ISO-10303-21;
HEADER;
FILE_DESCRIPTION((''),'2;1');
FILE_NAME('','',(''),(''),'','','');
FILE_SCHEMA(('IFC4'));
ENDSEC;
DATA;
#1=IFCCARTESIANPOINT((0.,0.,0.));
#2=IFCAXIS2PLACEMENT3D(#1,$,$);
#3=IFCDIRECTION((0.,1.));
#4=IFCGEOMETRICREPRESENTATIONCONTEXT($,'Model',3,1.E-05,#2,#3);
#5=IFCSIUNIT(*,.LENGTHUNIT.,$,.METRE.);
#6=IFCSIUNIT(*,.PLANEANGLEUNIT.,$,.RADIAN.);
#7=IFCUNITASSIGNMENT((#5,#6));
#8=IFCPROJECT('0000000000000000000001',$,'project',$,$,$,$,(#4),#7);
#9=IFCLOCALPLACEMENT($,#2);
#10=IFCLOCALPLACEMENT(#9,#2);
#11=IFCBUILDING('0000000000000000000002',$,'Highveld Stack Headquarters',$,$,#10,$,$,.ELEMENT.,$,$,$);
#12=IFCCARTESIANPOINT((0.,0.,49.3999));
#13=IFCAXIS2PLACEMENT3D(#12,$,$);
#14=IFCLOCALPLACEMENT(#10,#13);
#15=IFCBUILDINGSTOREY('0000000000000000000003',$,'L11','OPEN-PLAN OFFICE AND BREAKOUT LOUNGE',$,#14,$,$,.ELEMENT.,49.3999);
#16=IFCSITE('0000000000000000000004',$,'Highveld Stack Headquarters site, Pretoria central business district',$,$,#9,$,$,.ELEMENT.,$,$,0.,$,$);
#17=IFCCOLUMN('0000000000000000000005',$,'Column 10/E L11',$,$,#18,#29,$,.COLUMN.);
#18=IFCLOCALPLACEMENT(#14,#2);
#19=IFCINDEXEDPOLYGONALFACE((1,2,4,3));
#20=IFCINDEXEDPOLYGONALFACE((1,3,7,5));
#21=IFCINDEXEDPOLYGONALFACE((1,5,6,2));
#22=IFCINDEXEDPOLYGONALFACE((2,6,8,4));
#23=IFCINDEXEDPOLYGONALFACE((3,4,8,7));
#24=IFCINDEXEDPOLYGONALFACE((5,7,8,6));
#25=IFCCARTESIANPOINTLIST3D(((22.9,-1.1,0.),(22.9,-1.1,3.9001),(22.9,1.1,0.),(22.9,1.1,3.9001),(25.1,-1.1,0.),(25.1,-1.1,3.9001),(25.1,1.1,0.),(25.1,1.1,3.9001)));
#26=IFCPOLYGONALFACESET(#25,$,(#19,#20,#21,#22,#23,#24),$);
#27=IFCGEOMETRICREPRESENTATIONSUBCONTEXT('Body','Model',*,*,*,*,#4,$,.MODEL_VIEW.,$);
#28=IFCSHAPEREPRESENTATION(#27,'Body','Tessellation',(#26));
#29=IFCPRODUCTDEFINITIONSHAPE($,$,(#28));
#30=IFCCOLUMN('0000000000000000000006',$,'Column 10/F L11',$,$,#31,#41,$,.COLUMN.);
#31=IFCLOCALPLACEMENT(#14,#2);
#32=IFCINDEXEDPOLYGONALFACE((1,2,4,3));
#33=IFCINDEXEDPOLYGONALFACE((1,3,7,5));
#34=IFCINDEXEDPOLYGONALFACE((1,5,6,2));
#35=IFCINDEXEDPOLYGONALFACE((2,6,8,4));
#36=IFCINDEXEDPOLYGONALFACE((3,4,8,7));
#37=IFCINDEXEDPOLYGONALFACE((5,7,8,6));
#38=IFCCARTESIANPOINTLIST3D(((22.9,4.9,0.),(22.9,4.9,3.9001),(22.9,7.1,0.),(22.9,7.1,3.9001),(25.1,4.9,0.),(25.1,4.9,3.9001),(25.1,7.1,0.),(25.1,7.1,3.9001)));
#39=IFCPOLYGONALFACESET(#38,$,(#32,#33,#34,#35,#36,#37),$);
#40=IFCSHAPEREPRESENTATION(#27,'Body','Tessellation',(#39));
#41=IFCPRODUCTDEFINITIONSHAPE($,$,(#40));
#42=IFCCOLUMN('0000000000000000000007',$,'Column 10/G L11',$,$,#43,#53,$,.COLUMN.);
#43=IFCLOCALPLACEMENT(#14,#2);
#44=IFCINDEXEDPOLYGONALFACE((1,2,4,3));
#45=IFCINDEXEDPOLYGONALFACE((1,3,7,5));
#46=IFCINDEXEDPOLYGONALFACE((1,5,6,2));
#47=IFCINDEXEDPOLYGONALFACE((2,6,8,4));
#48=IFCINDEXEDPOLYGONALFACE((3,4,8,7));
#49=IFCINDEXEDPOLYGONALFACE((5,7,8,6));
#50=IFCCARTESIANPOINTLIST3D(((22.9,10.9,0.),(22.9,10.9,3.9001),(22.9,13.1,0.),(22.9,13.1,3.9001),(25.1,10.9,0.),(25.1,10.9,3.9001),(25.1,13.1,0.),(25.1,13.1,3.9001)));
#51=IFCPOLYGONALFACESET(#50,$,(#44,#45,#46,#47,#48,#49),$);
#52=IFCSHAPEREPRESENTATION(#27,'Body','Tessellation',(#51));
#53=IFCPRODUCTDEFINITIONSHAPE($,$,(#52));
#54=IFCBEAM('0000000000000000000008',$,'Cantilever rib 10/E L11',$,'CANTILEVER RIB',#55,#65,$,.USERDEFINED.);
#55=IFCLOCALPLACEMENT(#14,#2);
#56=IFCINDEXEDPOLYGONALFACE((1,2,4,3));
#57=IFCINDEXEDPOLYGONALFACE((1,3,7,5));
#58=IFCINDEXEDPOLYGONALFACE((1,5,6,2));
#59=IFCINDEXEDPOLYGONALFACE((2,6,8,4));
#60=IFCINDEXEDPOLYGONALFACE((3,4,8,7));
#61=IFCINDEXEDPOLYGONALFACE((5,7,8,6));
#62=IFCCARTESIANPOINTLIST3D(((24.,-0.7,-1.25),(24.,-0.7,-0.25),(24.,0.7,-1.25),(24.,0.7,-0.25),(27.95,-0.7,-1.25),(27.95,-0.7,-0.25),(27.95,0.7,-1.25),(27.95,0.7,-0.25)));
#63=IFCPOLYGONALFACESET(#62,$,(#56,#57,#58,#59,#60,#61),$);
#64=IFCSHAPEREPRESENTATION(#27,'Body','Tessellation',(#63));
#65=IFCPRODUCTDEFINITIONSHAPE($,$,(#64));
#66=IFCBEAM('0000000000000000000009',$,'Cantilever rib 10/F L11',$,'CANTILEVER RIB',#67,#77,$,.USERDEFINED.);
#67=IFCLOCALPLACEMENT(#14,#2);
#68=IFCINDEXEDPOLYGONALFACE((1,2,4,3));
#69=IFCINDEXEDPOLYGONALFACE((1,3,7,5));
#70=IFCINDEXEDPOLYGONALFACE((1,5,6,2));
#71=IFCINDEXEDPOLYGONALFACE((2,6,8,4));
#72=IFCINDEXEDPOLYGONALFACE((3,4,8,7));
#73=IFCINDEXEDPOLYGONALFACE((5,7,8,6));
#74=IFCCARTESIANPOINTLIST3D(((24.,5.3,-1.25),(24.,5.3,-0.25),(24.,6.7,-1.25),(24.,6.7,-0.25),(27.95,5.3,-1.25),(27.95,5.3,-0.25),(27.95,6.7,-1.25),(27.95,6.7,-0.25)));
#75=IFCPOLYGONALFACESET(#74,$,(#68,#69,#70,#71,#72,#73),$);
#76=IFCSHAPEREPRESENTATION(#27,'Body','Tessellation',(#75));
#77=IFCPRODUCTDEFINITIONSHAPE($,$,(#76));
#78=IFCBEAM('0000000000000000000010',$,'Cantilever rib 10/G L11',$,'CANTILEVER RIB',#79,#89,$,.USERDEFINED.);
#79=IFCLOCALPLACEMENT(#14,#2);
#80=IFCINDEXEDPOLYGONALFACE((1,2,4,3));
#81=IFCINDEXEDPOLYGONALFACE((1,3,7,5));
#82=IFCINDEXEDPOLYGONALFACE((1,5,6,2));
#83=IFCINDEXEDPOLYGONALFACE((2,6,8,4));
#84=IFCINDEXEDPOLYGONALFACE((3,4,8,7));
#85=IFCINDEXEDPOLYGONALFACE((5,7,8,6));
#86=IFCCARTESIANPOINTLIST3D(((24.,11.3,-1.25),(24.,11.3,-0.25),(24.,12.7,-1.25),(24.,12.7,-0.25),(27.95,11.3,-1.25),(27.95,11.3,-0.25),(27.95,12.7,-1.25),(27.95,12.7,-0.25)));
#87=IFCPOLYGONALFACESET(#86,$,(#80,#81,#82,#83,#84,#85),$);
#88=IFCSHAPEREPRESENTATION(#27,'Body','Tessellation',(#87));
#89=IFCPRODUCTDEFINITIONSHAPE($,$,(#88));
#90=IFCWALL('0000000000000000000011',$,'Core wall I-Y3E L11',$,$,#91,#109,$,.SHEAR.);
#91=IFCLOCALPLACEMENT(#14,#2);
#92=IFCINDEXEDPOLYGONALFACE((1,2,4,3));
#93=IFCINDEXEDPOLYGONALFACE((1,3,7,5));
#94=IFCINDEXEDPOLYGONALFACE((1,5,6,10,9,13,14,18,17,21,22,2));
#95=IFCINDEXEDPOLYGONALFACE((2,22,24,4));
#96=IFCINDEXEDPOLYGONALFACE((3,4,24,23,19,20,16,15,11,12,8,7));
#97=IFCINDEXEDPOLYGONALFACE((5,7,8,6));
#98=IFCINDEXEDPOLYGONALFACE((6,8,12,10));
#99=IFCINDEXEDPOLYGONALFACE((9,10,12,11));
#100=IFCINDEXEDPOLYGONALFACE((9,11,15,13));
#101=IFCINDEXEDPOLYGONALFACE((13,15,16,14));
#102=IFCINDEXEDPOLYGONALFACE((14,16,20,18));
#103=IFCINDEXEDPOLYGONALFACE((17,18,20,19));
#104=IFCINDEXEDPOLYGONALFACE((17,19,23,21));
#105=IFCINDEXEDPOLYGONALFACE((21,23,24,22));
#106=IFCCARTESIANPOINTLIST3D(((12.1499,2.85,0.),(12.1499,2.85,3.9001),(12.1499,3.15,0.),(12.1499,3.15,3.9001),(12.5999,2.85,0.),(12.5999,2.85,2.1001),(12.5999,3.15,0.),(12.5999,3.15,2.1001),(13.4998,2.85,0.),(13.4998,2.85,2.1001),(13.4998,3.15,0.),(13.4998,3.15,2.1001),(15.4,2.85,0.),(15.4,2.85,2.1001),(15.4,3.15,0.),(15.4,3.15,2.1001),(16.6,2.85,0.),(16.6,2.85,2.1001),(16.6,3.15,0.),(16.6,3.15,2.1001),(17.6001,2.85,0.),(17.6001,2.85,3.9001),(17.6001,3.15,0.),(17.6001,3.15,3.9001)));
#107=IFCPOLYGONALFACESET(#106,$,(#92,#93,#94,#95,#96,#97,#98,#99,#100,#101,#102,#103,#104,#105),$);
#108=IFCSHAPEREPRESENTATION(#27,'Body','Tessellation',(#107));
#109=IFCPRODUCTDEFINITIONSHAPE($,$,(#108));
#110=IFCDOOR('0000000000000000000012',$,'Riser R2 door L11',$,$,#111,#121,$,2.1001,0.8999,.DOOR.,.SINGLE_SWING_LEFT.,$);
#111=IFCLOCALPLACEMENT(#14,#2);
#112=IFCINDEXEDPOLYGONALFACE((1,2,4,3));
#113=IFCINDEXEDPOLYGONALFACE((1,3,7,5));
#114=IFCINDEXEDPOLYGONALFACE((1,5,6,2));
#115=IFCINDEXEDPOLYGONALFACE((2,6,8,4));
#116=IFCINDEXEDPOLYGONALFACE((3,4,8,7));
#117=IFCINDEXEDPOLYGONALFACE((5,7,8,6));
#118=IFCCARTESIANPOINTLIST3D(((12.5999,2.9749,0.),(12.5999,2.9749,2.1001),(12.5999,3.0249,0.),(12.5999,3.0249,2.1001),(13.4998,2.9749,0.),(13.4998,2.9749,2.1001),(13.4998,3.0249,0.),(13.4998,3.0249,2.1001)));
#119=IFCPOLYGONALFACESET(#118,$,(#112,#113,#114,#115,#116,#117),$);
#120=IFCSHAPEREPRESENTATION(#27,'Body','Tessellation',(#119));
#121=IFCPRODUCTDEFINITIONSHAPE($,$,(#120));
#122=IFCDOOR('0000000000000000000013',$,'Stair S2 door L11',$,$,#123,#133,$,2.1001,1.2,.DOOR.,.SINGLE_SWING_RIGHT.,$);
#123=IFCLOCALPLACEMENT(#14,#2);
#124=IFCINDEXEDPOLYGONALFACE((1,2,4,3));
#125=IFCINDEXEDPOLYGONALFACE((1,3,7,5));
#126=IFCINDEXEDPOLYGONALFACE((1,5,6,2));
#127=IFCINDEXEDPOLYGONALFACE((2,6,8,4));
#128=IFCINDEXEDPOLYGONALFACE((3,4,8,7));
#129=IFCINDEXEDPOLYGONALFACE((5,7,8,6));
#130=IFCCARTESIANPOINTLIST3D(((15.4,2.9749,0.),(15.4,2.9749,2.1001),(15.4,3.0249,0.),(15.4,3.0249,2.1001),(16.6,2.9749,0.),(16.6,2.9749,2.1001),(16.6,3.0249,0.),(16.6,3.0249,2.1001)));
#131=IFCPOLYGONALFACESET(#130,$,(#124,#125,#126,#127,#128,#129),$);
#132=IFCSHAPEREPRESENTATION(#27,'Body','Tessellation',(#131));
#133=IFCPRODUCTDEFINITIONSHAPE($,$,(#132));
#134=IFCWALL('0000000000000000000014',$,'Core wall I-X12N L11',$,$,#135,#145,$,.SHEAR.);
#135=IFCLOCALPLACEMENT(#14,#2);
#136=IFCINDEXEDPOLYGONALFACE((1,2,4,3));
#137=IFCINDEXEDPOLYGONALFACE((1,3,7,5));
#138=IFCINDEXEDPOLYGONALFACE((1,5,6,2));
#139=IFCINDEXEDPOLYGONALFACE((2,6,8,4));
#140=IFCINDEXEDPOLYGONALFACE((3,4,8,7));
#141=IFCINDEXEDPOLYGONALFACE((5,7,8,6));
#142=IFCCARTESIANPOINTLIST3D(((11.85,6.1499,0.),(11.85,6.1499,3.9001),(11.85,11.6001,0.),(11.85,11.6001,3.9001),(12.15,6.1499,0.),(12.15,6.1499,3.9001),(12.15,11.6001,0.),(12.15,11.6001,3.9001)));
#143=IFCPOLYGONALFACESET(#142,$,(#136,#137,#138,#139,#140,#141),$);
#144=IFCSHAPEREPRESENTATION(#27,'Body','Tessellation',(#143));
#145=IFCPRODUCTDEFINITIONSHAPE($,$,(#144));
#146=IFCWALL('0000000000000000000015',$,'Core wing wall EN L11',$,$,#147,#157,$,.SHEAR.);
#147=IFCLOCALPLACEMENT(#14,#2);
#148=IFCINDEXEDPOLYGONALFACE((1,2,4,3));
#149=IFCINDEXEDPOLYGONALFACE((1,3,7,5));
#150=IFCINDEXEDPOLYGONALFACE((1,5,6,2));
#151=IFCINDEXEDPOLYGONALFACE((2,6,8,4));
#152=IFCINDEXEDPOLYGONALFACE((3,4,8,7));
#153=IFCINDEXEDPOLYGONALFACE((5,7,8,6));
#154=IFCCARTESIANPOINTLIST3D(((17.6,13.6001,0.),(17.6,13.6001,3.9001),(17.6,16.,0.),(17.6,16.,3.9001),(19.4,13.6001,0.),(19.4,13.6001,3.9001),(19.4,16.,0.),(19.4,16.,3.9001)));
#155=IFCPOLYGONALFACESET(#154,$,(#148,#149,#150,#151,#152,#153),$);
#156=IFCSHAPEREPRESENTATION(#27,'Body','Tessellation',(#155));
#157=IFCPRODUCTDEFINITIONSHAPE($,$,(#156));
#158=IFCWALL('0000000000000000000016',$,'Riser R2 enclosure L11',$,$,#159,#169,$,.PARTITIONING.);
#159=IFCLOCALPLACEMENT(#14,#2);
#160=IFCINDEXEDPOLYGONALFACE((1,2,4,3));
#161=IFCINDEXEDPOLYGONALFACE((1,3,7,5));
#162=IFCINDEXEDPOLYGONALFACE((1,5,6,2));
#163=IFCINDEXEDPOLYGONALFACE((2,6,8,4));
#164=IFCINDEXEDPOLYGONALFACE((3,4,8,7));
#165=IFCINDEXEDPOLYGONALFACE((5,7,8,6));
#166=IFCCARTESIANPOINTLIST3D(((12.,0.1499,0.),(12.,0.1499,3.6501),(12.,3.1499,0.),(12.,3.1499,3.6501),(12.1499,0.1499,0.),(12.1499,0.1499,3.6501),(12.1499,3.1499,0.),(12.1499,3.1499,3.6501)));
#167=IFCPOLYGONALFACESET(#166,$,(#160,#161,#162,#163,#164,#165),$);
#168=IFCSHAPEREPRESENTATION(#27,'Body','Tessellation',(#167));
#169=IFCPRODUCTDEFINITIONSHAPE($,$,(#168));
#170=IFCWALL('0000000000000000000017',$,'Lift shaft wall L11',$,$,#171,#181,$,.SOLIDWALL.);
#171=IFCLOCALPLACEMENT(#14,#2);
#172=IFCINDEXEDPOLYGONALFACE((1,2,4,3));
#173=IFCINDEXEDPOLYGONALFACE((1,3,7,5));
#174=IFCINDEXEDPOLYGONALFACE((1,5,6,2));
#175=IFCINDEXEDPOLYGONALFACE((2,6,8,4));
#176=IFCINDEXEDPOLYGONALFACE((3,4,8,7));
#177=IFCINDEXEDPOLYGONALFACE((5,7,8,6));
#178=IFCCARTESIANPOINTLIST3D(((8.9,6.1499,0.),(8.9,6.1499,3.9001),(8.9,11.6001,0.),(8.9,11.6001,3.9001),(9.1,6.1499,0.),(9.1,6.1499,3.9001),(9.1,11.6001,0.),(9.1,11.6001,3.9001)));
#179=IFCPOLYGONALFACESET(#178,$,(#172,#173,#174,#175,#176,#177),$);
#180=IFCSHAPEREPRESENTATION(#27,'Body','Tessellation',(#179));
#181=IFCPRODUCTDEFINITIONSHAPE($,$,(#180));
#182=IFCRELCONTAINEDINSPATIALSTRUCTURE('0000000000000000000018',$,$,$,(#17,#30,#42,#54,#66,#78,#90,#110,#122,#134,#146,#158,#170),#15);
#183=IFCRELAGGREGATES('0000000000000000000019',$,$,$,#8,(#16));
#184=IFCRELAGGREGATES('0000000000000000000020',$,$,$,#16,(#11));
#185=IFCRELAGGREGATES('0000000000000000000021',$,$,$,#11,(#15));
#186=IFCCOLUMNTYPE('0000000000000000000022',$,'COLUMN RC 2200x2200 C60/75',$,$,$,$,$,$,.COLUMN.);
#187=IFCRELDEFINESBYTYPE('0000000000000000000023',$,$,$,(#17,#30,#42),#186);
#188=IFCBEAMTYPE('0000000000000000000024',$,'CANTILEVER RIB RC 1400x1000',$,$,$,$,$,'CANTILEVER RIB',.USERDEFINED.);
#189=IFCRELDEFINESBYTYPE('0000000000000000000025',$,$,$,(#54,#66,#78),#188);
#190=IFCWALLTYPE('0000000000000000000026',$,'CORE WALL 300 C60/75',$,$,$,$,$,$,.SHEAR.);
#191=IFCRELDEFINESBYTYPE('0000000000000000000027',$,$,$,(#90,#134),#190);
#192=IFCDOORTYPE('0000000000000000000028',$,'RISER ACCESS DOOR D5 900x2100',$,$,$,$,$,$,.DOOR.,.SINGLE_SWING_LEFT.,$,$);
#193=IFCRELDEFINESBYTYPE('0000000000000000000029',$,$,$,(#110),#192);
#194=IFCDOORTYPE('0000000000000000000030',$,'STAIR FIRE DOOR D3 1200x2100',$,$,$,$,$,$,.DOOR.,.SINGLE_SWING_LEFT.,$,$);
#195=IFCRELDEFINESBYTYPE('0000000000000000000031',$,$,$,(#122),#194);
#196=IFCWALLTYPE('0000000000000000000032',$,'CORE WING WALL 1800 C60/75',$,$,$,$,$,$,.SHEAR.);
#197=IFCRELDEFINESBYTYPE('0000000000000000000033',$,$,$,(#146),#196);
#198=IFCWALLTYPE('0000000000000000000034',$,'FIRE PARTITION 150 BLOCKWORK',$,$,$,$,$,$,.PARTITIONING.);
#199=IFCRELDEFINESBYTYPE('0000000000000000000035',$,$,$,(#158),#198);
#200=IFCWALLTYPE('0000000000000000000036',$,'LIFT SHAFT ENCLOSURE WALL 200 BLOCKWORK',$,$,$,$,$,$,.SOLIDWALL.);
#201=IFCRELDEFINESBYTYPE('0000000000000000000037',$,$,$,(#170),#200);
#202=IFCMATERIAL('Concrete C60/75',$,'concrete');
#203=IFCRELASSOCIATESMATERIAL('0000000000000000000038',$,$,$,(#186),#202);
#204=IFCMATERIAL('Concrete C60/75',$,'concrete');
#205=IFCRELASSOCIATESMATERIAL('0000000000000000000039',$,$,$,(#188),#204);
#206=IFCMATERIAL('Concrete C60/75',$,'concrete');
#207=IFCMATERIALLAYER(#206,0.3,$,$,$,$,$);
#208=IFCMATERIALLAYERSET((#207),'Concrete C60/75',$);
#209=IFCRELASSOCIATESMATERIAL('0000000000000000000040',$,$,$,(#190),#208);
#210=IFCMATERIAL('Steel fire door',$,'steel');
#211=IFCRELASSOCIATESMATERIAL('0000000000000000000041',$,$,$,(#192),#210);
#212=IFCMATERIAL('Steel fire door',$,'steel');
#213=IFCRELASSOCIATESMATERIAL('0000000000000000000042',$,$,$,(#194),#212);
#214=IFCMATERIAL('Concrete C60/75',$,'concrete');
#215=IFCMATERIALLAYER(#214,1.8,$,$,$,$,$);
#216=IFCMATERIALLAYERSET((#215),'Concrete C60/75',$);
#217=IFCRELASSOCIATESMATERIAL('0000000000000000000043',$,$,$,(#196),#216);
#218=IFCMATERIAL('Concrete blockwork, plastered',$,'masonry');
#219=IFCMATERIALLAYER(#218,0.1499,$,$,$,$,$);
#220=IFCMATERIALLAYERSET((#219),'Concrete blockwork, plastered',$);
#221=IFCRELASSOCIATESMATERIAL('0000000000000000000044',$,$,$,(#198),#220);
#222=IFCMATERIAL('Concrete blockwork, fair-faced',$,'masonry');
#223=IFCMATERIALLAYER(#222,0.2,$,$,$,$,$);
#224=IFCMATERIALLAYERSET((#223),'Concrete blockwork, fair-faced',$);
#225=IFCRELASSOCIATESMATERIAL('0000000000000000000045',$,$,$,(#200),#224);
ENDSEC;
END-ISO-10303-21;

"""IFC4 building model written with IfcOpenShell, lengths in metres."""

from ifc_helpers import new_model, si_unit, direction, frame, frame_2d, origin, origin_2d, place, context, subcontext, project, spatial, rectangle, extrude, material, layer, layer_set, material_profile, profile_set, type_object, element, fill, save


model = new_model("IFC4")

# Units and contexts
model_context = context("Model", 3, precision=1e-05, world=origin(), true_north=direction((0.0, 1.0)))
body_context = subcontext(model_context, "Body", "Model", "MODEL_VIEW")
ifc_project = project(units=[si_unit("LENGTHUNIT", "METRE"), si_unit("PLANEANGLEUNIT", "RADIAN")], contexts=[model_context])

# Site, building, storey
site_placement = place(None, origin())
site = spatial("IfcSite", under=ifc_project, at=site_placement, Name="Highveld Stack Headquarters site, Pretoria central business district", CompositionType="ELEMENT", RefElevation=0.0)
building_placement = place(site_placement, origin())
building = spatial("IfcBuilding", under=site, at=building_placement, Name="Highveld Stack Headquarters", CompositionType="ELEMENT")
storey_placement = place(building_placement, frame((0.0, 0.0, 49.3999)))
storey = spatial("IfcBuildingStorey", under=building, at=storey_placement, Name="L11", Description="OPEN-PLAN OFFICE AND BREAKOUT LOUNGE", CompositionType="ELEMENT", Elevation=49.3999)

# Columns
ifc_material_1 = material(Name="Concrete C60/75", Category="concrete")
ifc_material_profile_1 = material_profile(ifc_material_1, rectangle(XDim=2.2, YDim=2.2, at=origin_2d()), Name="RC 2200x2200")
ifc_profile_set_1 = profile_set([ifc_material_profile_1], Name="Concrete C60/75")
column_type = type_object("IfcColumnType", Name="COLUMN RC 2200x2200 C60/75", PredefinedType="COLUMN", material=ifc_profile_set_1)
for number, where, z_axis, x_axis, name in (
    (1, (24.0, 0.0, 0.0), (0.0, 0.0, 1.0), (1.0, 0.0, 0.0), "Column 10/E L11"),
    (2, (24.0, 6.0, 0.0), (0.0, 0.0, 1.0), (1.0, 0.0, 0.0), "Column 10/F L11"),
    (3, (24.0, 12.0, 0.0), (0.0, 0.0, 1.0), (1.0, 0.0, 0.0), "Column 10/G L11"),
):
    element("IfcColumn", number, at=place(storey_placement, frame(where, z_axis=z_axis, x_axis=x_axis)), inside=storey, type_object=column_type, Name=name, PredefinedType="COLUMN", context=body_context, shape_type="SweptSolid", body=[
        extrude(rectangle(XDim=2.2, YDim=2.2, at=origin_2d()), origin(), (0.0, 0.0, 1.0), 3.9001),
    ])

# Beams
ifc_material_2 = material(Name="Concrete C60/75", Category="concrete")
ifc_material_profile_2 = material_profile(ifc_material_2, rectangle(XDim=1.3999, YDim=1.0, at=origin_2d()), Name="RC 1400x1000")
ifc_profile_set_2 = profile_set([ifc_material_profile_2], Name="Concrete C60/75")
beam_type = type_object("IfcBeamType", Name="CANTILEVER RIB RC 1400x1000", ElementType="CANTILEVER RIB", PredefinedType="USERDEFINED", material=ifc_profile_set_2)
for number, where, z_axis, x_axis, name in (
    (4, (24.0, 0.0, -0.75), (1.0, 0.0, 0.0), (0.0, 1.0, 0.0), "Cantilever rib 10/E L11"),
    (5, (24.0, 6.0, -0.75), (1.0, 0.0, 0.0), (0.0, 1.0, 0.0), "Cantilever rib 10/F L11"),
    (6, (24.0, 12.0, -0.75), (1.0, 0.0, 0.0), (0.0, 1.0, 0.0), "Cantilever rib 10/G L11"),
):
    element("IfcBeam", number, at=place(storey_placement, frame(where, z_axis=z_axis, x_axis=x_axis)), inside=storey, type_object=beam_type, Name=name, ObjectType="CANTILEVER RIB", PredefinedType="USERDEFINED", context=body_context, shape_type="SweptSolid", body=[
        extrude(rectangle(XDim=1.3999, YDim=1.0, at=origin_2d()), origin(), (0.0, 0.0, 1.0), 3.95),
    ])

# Wall, openings, doors
ifc_material_3 = material(Name="Concrete C60/75", Category="concrete")
ifc_layer_1 = layer(ifc_material_3, 0.3)
ifc_layer_set_1 = layer_set([ifc_layer_1], Name="Concrete C60/75")
wall_type_1 = type_object("IfcWallType", Name="CORE WALL 300 C60/75", PredefinedType="SHEAR", material=ifc_layer_set_1)
wall_1_placement = place(storey_placement, frame((12.1499, 3.0, 0.0), z_axis=(0.0, 0.0, 1.0), x_axis=(1.0, 0.0, 0.0)))
wall_1 = element("IfcWall", 7, at=wall_1_placement, inside=storey, type_object=wall_type_1, Name="Core wall I-Y3E L11", PredefinedType="SHEAR", context=body_context, shape_type="SweptSolid", body=[
    extrude(rectangle(XDim=5.4502, YDim=0.3, at=frame_2d((2.7251, 0.0))), origin(), (0.0, 0.0, 1.0), 3.9001),
])
opening_1_placement = place(wall_1_placement, frame((3.25, 0.0, 0.0)))
opening_1 = element("IfcOpeningElement", 8, at=opening_1_placement, cuts=wall_1, PredefinedType="OPENING", context=body_context, shape_type="SweptSolid", body=[
    extrude(rectangle(XDim=1.2, YDim=2.1001, at=frame_2d((0.6001, 1.05))), frame((0.0, 0.1599, 0.0), z_axis=(0.0, -1.0, 0.0), x_axis=(1.0, 0.0, 0.0)), (0.0, 0.0, 1.0), 0.3201),
])
opening_2_placement = place(wall_1_placement, frame((0.45, 0.0, 0.0)))
opening_2 = element("IfcOpeningElement", 9, at=opening_2_placement, cuts=wall_1, PredefinedType="OPENING", context=body_context, shape_type="SweptSolid", body=[
    extrude(rectangle(XDim=0.8999, YDim=2.1001, at=frame_2d((0.45, 1.05))), frame((0.0, 0.1599, 0.0), z_axis=(0.0, -1.0, 0.0), x_axis=(1.0, 0.0, 0.0)), (0.0, 0.0, 1.0), 0.3201),
])
ifc_material_4 = material(Name="Steel fire door", Category="steel")
door_type_1 = type_object("IfcDoorType", Name="RISER ACCESS DOOR D5 900x2100", OperationType="SINGLE_SWING_LEFT", PredefinedType="DOOR", material=ifc_material_4)
door_1_placement = place(opening_2_placement, origin())
door_1 = element("IfcDoor", 10, at=door_1_placement, inside=storey, type_object=door_type_1, Name="Riser R2 door L11", OperationType="SINGLE_SWING_LEFT", OverallHeight=2.1001, OverallWidth=0.8999, PredefinedType="DOOR", context=body_context, shape_type="SweptSolid", body=[
    extrude(rectangle(XDim=0.8999, YDim=2.1001, at=frame_2d((0.45, 1.05))), frame((0.0, 0.0249, 0.0), z_axis=(0.0, -1.0, 0.0), x_axis=(1.0, 0.0, 0.0)), (0.0, 0.0, 1.0), 0.05),
])
fill(opening_2, door_1)
ifc_material_5 = material(Name="Steel fire door", Category="steel")
door_type_2 = type_object("IfcDoorType", Name="STAIR FIRE DOOR D3 1200x2100", OperationType="SINGLE_SWING_LEFT", PredefinedType="DOOR", material=ifc_material_5)
door_2_placement = place(opening_1_placement, origin())
door_2 = element("IfcDoor", 11, at=door_2_placement, inside=storey, type_object=door_type_2, Name="Stair S2 door L11", OperationType="SINGLE_SWING_RIGHT", OverallHeight=2.1001, OverallWidth=1.2, PredefinedType="DOOR", context=body_context, shape_type="SweptSolid", body=[
    extrude(rectangle(XDim=1.2, YDim=2.1001, at=frame_2d((0.6001, 1.05))), frame((0.0, 0.0249, 0.0), z_axis=(0.0, -1.0, 0.0), x_axis=(1.0, 0.0, 0.0)), (0.0, 0.0, 1.0), 0.05),
])
fill(opening_1, door_2)

# Walls
wall_2_placement = place(storey_placement, frame((12.0, 6.1499, 0.0), z_axis=(0.0, 0.0, 1.0), x_axis=(0.0, 1.0, 0.0)))
element("IfcWall", 12, at=wall_2_placement, inside=storey, type_object=wall_type_1, Name="Core wall I-X12N L11", PredefinedType="SHEAR", context=body_context, shape_type="SweptSolid", body=[
    extrude(rectangle(XDim=5.4502, YDim=0.3, at=frame_2d((2.7251, 0.0))), origin(), (0.0, 0.0, 1.0), 3.9001),
])
ifc_material_6 = material(Name="Concrete C60/75", Category="concrete")
ifc_layer_2 = layer(ifc_material_6, 1.8)
ifc_layer_set_2 = layer_set([ifc_layer_2], Name="Concrete C60/75")
wall_type_2 = type_object("IfcWallType", Name="CORE WING WALL 1800 C60/75", PredefinedType="SHEAR", material=ifc_layer_set_2)
wall_3_placement = place(storey_placement, frame((18.5, 13.6001, 0.0), z_axis=(0.0, 0.0, 1.0), x_axis=(0.0, 1.0, 0.0)))
element("IfcWall", 13, at=wall_3_placement, inside=storey, type_object=wall_type_2, Name="Core wing wall EN L11", PredefinedType="SHEAR", context=body_context, shape_type="SweptSolid", body=[
    extrude(rectangle(XDim=2.3999, YDim=1.8, at=frame_2d((1.2, 0.0))), origin(), (0.0, 0.0, 1.0), 3.9001),
])
ifc_material_7 = material(Name="Concrete blockwork, plastered", Category="masonry")
ifc_layer_3 = layer(ifc_material_7, 0.1499)
ifc_layer_set_3 = layer_set([ifc_layer_3], Name="Concrete blockwork, plastered")
wall_type_3 = type_object("IfcWallType", Name="FIRE PARTITION 150 BLOCKWORK", PredefinedType="PARTITIONING", material=ifc_layer_set_3)
wall_4_placement = place(storey_placement, frame((12.075, 0.1499, 0.0), z_axis=(0.0, 0.0, 1.0), x_axis=(0.0, 1.0, 0.0)))
element("IfcWall", 14, at=wall_4_placement, inside=storey, type_object=wall_type_3, Name="Riser R2 enclosure L11", PredefinedType="PARTITIONING", context=body_context, shape_type="SweptSolid", body=[
    extrude(rectangle(XDim=3.0, YDim=0.1499, at=frame_2d((1.5, 0.0))), origin(), (0.0, 0.0, 1.0), 3.6501),
])
ifc_material_8 = material(Name="Concrete blockwork, fair-faced", Category="masonry")
ifc_layer_4 = layer(ifc_material_8, 0.2)
ifc_layer_set_4 = layer_set([ifc_layer_4], Name="Concrete blockwork, fair-faced")
wall_type_4 = type_object("IfcWallType", Name="LIFT SHAFT ENCLOSURE WALL 200 BLOCKWORK", PredefinedType="SOLIDWALL", material=ifc_layer_set_4)
wall_5_placement = place(storey_placement, frame((9.0, 6.1499, 0.0), z_axis=(0.0, 0.0, 1.0), x_axis=(0.0, 1.0, 0.0)))
element("IfcWall", 15, at=wall_5_placement, inside=storey, type_object=wall_type_4, Name="Lift shaft wall L11", PredefinedType="SOLIDWALL", context=body_context, shape_type="SweptSolid", body=[
    extrude(rectangle(XDim=5.4502, YDim=0.2, at=frame_2d((2.7251, 0.0))), origin(), (0.0, 0.0, 1.0), 3.9001),
])

save(model, "model.ifc")
